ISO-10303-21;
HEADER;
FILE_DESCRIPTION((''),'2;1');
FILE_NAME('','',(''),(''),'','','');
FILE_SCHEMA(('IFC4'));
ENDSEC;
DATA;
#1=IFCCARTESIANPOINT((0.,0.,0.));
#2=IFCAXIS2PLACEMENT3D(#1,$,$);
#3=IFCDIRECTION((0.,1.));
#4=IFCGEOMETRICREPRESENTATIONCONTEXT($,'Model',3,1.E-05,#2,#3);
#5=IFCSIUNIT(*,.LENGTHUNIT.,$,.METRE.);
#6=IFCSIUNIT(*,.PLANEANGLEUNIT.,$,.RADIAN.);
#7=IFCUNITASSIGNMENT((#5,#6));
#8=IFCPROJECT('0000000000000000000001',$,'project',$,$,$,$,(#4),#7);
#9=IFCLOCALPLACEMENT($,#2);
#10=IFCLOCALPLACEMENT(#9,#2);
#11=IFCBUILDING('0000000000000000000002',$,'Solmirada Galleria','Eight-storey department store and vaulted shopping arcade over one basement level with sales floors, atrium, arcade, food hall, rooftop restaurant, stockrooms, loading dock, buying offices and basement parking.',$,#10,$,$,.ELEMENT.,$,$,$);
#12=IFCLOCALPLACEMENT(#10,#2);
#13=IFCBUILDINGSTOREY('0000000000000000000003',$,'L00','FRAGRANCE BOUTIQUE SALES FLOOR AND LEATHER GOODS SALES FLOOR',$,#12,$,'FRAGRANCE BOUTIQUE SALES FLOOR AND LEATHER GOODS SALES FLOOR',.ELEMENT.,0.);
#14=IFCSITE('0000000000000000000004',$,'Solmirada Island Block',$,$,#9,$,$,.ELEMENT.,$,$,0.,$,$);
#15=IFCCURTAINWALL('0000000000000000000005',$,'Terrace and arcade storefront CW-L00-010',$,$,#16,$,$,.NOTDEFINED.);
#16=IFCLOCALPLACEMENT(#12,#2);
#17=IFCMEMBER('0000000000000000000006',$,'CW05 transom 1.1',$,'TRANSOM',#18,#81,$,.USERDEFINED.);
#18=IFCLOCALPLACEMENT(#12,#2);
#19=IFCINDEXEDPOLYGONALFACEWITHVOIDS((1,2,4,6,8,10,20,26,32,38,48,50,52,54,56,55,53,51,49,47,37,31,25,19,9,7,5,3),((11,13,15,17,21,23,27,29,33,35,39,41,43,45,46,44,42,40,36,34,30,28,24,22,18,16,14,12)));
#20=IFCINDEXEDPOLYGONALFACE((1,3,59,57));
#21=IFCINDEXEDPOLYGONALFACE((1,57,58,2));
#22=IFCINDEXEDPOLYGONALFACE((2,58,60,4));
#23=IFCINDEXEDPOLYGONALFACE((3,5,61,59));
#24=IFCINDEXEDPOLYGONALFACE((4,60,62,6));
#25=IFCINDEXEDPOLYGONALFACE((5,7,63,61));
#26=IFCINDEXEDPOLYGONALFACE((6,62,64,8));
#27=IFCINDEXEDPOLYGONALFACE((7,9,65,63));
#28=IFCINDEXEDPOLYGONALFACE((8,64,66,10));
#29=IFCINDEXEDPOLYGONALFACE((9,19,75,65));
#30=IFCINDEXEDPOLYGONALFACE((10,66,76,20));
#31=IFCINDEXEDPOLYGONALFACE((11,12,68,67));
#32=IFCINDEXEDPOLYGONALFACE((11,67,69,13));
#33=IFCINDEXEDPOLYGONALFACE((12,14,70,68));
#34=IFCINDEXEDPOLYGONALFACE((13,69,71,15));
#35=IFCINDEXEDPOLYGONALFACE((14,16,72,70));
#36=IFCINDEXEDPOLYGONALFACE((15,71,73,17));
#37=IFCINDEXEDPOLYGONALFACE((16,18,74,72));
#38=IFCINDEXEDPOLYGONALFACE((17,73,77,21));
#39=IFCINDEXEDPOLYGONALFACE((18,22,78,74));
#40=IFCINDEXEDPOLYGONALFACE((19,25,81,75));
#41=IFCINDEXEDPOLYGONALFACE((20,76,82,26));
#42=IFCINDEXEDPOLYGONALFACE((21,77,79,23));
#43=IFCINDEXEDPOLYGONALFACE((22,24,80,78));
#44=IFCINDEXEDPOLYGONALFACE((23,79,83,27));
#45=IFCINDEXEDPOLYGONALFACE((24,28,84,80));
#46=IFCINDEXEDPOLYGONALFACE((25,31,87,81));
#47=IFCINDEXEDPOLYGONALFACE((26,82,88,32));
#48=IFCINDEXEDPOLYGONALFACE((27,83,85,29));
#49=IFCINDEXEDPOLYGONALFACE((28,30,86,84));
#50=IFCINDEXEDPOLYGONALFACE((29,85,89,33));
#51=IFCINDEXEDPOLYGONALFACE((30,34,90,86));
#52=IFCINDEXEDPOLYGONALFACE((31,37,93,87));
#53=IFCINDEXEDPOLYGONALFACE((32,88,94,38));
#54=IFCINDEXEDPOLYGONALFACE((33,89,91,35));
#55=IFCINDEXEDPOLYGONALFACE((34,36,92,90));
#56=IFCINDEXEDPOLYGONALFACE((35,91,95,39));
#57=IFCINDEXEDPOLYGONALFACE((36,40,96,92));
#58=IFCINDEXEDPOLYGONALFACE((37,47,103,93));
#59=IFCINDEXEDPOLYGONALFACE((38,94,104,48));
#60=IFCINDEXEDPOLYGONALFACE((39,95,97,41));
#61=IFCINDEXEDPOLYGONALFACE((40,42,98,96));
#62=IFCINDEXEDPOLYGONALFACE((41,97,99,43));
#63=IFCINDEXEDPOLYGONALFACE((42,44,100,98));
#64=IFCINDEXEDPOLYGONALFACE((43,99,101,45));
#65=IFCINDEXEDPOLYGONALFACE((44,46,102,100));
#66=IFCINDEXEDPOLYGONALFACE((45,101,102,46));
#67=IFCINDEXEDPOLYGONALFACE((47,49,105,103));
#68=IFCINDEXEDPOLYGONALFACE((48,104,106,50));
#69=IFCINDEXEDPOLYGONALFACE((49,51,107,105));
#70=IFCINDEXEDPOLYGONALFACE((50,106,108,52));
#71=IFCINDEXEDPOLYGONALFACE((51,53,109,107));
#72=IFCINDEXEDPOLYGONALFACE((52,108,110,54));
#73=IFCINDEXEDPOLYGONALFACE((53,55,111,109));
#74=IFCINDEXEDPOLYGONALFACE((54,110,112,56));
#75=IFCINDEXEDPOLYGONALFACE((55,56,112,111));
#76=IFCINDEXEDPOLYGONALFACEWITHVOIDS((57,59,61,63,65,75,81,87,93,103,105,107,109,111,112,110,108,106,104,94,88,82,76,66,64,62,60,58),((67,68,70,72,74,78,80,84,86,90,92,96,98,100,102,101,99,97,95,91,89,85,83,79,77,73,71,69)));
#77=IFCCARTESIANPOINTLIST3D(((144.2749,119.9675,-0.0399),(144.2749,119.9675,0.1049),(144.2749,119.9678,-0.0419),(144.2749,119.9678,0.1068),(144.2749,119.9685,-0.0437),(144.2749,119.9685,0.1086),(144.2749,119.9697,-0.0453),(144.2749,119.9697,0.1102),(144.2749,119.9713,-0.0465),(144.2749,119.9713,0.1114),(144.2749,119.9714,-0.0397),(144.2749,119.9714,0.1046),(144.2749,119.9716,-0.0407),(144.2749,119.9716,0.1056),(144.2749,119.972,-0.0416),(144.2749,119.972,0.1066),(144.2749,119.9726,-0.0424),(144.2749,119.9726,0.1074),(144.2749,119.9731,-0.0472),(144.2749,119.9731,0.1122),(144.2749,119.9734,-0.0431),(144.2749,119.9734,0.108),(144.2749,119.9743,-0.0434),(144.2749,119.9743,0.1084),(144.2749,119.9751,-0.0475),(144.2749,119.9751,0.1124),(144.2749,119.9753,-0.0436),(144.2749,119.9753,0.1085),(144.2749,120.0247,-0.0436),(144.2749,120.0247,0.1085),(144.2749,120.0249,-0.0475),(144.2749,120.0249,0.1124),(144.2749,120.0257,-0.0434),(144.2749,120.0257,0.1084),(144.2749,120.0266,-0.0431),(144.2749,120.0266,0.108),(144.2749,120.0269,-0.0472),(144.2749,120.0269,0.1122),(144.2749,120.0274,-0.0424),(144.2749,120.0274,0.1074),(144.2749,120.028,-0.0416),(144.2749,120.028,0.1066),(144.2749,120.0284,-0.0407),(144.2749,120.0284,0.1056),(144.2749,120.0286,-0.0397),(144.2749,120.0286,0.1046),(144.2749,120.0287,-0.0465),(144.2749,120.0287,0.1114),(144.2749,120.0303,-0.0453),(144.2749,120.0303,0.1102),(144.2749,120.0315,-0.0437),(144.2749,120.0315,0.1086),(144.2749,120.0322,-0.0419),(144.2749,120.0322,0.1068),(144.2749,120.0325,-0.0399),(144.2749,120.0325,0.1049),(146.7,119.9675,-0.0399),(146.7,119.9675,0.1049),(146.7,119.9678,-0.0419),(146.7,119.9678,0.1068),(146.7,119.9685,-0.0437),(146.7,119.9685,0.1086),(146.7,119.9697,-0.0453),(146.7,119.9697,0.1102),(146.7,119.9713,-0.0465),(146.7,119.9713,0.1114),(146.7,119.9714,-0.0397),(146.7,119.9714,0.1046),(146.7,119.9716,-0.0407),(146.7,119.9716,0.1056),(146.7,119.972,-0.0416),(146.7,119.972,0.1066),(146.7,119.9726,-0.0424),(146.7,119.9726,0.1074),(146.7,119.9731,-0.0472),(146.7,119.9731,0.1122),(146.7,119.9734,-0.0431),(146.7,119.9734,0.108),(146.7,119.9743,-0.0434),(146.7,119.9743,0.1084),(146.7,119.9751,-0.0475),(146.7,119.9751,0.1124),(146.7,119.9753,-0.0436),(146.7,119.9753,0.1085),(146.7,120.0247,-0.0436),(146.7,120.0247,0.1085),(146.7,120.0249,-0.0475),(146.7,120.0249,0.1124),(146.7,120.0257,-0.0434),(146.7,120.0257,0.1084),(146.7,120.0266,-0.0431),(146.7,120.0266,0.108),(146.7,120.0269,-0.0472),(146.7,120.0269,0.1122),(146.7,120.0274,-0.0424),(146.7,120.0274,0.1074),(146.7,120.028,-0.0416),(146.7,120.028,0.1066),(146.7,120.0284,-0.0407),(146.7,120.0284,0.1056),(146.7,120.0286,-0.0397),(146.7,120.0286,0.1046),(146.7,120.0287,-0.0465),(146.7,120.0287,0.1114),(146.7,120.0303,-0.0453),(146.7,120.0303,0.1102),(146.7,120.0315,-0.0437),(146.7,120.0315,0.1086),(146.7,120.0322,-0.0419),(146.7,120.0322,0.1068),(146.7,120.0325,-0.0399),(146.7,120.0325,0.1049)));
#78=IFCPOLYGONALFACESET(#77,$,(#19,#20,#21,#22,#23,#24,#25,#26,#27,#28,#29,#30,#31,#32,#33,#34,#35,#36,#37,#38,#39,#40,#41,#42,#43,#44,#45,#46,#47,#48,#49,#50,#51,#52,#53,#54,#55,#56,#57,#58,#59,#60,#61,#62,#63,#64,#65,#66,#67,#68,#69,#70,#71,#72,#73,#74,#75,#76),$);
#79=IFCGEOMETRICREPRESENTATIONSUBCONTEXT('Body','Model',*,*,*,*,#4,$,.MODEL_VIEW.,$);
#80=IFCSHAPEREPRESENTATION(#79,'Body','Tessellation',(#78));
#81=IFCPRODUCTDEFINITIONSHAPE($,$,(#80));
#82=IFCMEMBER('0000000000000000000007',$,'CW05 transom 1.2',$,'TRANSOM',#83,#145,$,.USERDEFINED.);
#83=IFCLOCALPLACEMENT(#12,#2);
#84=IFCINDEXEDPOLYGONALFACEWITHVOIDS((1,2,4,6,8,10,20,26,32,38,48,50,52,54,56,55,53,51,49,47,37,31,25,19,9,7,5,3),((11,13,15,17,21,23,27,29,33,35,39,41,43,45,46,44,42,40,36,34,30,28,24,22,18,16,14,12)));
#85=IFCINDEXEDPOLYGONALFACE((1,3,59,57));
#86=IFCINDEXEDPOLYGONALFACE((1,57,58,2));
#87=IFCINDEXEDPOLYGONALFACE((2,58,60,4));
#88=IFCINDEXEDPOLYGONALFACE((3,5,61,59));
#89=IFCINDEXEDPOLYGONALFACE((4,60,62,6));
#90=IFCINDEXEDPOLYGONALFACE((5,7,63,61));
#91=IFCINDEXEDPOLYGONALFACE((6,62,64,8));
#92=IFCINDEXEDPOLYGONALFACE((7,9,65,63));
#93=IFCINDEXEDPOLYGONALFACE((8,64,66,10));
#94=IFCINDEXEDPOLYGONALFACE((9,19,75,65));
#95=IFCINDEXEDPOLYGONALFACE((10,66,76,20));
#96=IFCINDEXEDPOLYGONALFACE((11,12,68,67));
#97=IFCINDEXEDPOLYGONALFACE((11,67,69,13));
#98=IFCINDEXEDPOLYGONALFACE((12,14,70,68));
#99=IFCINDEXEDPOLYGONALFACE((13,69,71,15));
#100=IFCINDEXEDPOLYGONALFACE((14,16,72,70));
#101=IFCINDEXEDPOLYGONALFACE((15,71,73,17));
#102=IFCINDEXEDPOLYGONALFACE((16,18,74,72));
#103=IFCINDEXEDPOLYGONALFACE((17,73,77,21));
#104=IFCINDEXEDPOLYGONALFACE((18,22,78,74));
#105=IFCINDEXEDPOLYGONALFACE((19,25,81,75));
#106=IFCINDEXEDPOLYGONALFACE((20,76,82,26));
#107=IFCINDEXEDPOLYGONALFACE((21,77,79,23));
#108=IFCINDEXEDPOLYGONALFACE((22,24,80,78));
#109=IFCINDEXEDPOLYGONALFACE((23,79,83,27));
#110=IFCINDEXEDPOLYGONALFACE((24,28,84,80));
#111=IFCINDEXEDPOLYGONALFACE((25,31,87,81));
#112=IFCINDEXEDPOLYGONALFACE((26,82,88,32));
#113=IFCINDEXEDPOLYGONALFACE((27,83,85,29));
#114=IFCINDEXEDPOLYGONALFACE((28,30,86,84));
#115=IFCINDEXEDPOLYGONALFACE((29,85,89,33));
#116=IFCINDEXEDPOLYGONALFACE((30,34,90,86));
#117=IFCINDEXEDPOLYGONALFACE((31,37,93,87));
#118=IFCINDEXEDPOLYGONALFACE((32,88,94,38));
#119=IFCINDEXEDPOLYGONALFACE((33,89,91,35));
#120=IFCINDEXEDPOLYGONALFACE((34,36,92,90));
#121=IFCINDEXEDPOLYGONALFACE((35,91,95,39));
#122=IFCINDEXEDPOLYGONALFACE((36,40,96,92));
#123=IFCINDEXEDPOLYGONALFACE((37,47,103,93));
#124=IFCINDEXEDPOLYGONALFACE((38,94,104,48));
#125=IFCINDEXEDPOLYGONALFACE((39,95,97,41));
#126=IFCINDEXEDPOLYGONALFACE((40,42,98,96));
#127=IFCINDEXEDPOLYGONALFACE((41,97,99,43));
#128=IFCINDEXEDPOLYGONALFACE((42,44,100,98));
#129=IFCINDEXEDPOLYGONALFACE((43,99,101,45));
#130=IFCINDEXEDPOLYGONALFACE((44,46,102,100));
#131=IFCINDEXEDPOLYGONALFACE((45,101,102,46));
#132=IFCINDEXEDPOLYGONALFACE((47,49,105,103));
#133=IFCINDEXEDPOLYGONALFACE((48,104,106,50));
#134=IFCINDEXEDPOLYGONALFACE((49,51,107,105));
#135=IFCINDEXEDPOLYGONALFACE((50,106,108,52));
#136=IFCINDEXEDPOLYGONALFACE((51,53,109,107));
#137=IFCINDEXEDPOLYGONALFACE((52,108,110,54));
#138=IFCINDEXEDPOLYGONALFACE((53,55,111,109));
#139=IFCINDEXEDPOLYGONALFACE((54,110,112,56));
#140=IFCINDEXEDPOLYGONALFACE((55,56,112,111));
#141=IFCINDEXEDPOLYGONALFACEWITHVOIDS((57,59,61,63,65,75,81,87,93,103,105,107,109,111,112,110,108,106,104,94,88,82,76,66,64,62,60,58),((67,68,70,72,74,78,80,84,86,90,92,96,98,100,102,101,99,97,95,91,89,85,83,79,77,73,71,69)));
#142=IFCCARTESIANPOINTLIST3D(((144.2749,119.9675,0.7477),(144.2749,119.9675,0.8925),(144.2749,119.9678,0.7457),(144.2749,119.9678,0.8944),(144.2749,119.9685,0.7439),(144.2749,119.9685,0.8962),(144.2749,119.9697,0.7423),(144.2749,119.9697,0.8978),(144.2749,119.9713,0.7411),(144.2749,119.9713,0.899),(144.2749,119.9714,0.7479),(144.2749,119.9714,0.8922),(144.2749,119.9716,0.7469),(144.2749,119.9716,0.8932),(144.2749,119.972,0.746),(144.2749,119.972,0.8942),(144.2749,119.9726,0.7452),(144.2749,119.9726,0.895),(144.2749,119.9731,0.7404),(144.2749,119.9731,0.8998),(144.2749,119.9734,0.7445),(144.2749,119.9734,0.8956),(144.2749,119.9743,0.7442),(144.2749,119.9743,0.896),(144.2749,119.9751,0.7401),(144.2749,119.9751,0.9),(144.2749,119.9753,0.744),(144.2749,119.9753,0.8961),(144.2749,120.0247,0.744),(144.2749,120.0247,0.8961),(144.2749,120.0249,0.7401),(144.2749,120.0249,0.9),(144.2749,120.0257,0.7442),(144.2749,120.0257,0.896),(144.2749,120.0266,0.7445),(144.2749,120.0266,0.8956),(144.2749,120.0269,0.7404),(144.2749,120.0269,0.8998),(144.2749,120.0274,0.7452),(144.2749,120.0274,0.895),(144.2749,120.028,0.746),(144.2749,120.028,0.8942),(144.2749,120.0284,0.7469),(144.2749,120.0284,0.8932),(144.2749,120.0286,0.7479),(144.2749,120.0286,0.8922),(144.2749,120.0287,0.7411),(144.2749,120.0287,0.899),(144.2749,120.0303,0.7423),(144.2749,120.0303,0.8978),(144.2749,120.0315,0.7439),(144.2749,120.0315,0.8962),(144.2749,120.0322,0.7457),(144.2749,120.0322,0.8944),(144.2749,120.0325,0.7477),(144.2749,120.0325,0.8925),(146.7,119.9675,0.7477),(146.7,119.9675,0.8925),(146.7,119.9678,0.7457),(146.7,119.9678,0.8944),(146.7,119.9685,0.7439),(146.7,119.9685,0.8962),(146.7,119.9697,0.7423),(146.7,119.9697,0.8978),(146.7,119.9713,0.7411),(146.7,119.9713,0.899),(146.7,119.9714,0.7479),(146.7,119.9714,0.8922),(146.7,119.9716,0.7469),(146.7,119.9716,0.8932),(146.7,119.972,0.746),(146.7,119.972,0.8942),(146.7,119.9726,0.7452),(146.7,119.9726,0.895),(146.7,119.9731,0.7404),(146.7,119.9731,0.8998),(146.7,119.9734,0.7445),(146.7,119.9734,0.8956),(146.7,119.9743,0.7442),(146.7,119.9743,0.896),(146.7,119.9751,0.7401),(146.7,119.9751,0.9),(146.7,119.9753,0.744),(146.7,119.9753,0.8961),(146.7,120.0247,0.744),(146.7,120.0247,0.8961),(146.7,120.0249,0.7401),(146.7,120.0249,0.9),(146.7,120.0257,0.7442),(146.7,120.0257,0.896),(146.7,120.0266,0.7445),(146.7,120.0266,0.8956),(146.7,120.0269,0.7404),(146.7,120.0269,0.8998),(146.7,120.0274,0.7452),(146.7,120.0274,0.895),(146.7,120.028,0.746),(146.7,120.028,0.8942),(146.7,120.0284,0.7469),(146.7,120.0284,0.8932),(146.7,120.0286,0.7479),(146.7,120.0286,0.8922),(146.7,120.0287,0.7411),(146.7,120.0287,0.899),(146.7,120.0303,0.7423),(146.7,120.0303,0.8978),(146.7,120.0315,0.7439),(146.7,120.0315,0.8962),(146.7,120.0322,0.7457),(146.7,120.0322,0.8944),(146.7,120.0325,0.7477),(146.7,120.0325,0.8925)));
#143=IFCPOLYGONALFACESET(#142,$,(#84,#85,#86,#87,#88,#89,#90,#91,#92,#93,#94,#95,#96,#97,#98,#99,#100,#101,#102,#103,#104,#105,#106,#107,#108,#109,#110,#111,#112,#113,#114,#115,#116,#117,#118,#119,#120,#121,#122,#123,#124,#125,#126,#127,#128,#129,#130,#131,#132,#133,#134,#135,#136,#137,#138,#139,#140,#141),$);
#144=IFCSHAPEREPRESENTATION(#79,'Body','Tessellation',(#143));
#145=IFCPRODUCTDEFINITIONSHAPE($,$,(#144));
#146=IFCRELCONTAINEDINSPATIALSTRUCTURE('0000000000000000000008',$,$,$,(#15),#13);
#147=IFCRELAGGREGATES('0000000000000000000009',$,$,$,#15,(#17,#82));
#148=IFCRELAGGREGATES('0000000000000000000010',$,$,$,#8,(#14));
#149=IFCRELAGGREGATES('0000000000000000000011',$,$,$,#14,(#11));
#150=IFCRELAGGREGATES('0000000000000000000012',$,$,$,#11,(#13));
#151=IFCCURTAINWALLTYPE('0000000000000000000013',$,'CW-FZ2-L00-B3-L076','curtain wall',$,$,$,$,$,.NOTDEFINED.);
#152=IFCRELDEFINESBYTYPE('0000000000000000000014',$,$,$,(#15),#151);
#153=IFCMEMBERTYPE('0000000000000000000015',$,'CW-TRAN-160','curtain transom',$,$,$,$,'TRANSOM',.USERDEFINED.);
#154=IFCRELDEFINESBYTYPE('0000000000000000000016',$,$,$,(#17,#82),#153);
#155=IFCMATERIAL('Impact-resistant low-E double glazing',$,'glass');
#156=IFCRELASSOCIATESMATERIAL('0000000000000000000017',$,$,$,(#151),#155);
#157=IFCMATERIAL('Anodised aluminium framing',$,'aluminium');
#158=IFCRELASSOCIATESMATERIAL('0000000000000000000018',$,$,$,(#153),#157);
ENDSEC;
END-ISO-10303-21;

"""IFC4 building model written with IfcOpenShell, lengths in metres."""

from ifc_helpers import new_model, si_unit, direction, frame, origin, origin_2d, place, context, subcontext, project, spatial, hollow_rectangle, extrude, material, material_profile, profile_set, type_object, element, aggregate, save


model = new_model("IFC4")

# Units and contexts
model_context = context("Model", 3, precision=1e-05, world=origin(), true_north=direction((0.0, 1.0)))
body_context = subcontext(model_context, "Body", "Model", "MODEL_VIEW")
ifc_project = project(units=[si_unit("LENGTHUNIT", "METRE"), si_unit("PLANEANGLEUNIT", "RADIAN")], contexts=[model_context])

# Site, building, storey
site_placement = place(None, origin())
site = spatial("IfcSite", under=ifc_project, at=site_placement, Name="Solmirada Island Block", CompositionType="ELEMENT", RefElevation=0.0)
building_placement = place(site_placement, origin())
building = spatial("IfcBuilding", under=site, at=building_placement, Name="Solmirada Galleria", Description="Eight-storey department store and vaulted shopping arcade over one basement level with sales floors, atrium, arcade, food hall, rooftop restaurant, stockrooms, loading dock, buying offices and basement parking.", CompositionType="ELEMENT")
storey_placement = place(building_placement, origin())
storey = spatial("IfcBuildingStorey", under=building, at=storey_placement, Name="L00", Description="FRAGRANCE BOUTIQUE SALES FLOOR AND LEATHER GOODS SALES FLOOR", LongName="FRAGRANCE BOUTIQUE SALES FLOOR AND LEATHER GOODS SALES FLOOR", CompositionType="ELEMENT", Elevation=0.0)

# Curtain wall, members
ifc_material_1 = material(Name="Impact-resistant low-E double glazing", Category="glass")
curtain_wall_type = type_object("IfcCurtainWallType", Name="CW-FZ2-L00-B3-L076", Description="curtain wall", PredefinedType="NOTDEFINED", material=ifc_material_1)
curtain_wall_placement = place(storey_placement, origin())
curtain_wall = element("IfcCurtainWall", 1, at=curtain_wall_placement, inside=storey, type_object=curtain_wall_type, Name="Terrace and arcade storefront CW-L00-010", PredefinedType="NOTDEFINED")
ifc_material_2 = material(Name="Anodised aluminium framing", Category="aluminium")
ifc_material_profile_1 = material_profile(ifc_material_2, hollow_rectangle(XDim=0.0649, YDim=0.1599, WallThickness=0.0039, InnerFilletRadius=0.0039, OuterFilletRadius=0.0076, at=origin_2d()), Name="ALU-TRAN-160X65")
ifc_profile_set_1 = profile_set([ifc_material_profile_1], Name="Anodised aluminium framing")
member_type_1 = type_object("IfcMemberType", Name="CW-TRAN-160", Description="curtain transom", ElementType="TRANSOM", PredefinedType="USERDEFINED", material=ifc_profile_set_1)
member_1_placement = place(storey_placement, frame((144.2749, 120.0, 0.0325), z_axis=(1.0, 0.0, 0.0), x_axis=(0.0, 1.0, 0.0)))
member_1 = element("IfcMember", 2, at=member_1_placement, type_object=member_type_1, Name="CW05 transom 1.1", ObjectType="TRANSOM", PredefinedType="USERDEFINED", context=body_context, shape_type="SweptSolid", body=[
    extrude(hollow_rectangle(XDim=0.0649, YDim=0.1599, WallThickness=0.0039, InnerFilletRadius=0.0039, OuterFilletRadius=0.0076, at=origin_2d()), origin(), (0.0, 0.0, 1.0), 2.425),
])
member_2_placement = place(storey_placement, frame((144.2749, 120.0, 0.8201), z_axis=(1.0, 0.0, 0.0), x_axis=(0.0, 1.0, 0.0)))
member_2 = element("IfcMember", 3, at=member_2_placement, type_object=member_type_1, Name="CW05 transom 1.2", ObjectType="TRANSOM", PredefinedType="USERDEFINED", context=body_context, shape_type="SweptSolid", body=[
    extrude(hollow_rectangle(XDim=0.0649, YDim=0.1599, WallThickness=0.0039, InnerFilletRadius=0.0039, OuterFilletRadius=0.0076, at=origin_2d()), origin(), (0.0, 0.0, 1.0), 2.425),
])
aggregate(curtain_wall, [member_1, member_2])

save(model, "model.ifc")
